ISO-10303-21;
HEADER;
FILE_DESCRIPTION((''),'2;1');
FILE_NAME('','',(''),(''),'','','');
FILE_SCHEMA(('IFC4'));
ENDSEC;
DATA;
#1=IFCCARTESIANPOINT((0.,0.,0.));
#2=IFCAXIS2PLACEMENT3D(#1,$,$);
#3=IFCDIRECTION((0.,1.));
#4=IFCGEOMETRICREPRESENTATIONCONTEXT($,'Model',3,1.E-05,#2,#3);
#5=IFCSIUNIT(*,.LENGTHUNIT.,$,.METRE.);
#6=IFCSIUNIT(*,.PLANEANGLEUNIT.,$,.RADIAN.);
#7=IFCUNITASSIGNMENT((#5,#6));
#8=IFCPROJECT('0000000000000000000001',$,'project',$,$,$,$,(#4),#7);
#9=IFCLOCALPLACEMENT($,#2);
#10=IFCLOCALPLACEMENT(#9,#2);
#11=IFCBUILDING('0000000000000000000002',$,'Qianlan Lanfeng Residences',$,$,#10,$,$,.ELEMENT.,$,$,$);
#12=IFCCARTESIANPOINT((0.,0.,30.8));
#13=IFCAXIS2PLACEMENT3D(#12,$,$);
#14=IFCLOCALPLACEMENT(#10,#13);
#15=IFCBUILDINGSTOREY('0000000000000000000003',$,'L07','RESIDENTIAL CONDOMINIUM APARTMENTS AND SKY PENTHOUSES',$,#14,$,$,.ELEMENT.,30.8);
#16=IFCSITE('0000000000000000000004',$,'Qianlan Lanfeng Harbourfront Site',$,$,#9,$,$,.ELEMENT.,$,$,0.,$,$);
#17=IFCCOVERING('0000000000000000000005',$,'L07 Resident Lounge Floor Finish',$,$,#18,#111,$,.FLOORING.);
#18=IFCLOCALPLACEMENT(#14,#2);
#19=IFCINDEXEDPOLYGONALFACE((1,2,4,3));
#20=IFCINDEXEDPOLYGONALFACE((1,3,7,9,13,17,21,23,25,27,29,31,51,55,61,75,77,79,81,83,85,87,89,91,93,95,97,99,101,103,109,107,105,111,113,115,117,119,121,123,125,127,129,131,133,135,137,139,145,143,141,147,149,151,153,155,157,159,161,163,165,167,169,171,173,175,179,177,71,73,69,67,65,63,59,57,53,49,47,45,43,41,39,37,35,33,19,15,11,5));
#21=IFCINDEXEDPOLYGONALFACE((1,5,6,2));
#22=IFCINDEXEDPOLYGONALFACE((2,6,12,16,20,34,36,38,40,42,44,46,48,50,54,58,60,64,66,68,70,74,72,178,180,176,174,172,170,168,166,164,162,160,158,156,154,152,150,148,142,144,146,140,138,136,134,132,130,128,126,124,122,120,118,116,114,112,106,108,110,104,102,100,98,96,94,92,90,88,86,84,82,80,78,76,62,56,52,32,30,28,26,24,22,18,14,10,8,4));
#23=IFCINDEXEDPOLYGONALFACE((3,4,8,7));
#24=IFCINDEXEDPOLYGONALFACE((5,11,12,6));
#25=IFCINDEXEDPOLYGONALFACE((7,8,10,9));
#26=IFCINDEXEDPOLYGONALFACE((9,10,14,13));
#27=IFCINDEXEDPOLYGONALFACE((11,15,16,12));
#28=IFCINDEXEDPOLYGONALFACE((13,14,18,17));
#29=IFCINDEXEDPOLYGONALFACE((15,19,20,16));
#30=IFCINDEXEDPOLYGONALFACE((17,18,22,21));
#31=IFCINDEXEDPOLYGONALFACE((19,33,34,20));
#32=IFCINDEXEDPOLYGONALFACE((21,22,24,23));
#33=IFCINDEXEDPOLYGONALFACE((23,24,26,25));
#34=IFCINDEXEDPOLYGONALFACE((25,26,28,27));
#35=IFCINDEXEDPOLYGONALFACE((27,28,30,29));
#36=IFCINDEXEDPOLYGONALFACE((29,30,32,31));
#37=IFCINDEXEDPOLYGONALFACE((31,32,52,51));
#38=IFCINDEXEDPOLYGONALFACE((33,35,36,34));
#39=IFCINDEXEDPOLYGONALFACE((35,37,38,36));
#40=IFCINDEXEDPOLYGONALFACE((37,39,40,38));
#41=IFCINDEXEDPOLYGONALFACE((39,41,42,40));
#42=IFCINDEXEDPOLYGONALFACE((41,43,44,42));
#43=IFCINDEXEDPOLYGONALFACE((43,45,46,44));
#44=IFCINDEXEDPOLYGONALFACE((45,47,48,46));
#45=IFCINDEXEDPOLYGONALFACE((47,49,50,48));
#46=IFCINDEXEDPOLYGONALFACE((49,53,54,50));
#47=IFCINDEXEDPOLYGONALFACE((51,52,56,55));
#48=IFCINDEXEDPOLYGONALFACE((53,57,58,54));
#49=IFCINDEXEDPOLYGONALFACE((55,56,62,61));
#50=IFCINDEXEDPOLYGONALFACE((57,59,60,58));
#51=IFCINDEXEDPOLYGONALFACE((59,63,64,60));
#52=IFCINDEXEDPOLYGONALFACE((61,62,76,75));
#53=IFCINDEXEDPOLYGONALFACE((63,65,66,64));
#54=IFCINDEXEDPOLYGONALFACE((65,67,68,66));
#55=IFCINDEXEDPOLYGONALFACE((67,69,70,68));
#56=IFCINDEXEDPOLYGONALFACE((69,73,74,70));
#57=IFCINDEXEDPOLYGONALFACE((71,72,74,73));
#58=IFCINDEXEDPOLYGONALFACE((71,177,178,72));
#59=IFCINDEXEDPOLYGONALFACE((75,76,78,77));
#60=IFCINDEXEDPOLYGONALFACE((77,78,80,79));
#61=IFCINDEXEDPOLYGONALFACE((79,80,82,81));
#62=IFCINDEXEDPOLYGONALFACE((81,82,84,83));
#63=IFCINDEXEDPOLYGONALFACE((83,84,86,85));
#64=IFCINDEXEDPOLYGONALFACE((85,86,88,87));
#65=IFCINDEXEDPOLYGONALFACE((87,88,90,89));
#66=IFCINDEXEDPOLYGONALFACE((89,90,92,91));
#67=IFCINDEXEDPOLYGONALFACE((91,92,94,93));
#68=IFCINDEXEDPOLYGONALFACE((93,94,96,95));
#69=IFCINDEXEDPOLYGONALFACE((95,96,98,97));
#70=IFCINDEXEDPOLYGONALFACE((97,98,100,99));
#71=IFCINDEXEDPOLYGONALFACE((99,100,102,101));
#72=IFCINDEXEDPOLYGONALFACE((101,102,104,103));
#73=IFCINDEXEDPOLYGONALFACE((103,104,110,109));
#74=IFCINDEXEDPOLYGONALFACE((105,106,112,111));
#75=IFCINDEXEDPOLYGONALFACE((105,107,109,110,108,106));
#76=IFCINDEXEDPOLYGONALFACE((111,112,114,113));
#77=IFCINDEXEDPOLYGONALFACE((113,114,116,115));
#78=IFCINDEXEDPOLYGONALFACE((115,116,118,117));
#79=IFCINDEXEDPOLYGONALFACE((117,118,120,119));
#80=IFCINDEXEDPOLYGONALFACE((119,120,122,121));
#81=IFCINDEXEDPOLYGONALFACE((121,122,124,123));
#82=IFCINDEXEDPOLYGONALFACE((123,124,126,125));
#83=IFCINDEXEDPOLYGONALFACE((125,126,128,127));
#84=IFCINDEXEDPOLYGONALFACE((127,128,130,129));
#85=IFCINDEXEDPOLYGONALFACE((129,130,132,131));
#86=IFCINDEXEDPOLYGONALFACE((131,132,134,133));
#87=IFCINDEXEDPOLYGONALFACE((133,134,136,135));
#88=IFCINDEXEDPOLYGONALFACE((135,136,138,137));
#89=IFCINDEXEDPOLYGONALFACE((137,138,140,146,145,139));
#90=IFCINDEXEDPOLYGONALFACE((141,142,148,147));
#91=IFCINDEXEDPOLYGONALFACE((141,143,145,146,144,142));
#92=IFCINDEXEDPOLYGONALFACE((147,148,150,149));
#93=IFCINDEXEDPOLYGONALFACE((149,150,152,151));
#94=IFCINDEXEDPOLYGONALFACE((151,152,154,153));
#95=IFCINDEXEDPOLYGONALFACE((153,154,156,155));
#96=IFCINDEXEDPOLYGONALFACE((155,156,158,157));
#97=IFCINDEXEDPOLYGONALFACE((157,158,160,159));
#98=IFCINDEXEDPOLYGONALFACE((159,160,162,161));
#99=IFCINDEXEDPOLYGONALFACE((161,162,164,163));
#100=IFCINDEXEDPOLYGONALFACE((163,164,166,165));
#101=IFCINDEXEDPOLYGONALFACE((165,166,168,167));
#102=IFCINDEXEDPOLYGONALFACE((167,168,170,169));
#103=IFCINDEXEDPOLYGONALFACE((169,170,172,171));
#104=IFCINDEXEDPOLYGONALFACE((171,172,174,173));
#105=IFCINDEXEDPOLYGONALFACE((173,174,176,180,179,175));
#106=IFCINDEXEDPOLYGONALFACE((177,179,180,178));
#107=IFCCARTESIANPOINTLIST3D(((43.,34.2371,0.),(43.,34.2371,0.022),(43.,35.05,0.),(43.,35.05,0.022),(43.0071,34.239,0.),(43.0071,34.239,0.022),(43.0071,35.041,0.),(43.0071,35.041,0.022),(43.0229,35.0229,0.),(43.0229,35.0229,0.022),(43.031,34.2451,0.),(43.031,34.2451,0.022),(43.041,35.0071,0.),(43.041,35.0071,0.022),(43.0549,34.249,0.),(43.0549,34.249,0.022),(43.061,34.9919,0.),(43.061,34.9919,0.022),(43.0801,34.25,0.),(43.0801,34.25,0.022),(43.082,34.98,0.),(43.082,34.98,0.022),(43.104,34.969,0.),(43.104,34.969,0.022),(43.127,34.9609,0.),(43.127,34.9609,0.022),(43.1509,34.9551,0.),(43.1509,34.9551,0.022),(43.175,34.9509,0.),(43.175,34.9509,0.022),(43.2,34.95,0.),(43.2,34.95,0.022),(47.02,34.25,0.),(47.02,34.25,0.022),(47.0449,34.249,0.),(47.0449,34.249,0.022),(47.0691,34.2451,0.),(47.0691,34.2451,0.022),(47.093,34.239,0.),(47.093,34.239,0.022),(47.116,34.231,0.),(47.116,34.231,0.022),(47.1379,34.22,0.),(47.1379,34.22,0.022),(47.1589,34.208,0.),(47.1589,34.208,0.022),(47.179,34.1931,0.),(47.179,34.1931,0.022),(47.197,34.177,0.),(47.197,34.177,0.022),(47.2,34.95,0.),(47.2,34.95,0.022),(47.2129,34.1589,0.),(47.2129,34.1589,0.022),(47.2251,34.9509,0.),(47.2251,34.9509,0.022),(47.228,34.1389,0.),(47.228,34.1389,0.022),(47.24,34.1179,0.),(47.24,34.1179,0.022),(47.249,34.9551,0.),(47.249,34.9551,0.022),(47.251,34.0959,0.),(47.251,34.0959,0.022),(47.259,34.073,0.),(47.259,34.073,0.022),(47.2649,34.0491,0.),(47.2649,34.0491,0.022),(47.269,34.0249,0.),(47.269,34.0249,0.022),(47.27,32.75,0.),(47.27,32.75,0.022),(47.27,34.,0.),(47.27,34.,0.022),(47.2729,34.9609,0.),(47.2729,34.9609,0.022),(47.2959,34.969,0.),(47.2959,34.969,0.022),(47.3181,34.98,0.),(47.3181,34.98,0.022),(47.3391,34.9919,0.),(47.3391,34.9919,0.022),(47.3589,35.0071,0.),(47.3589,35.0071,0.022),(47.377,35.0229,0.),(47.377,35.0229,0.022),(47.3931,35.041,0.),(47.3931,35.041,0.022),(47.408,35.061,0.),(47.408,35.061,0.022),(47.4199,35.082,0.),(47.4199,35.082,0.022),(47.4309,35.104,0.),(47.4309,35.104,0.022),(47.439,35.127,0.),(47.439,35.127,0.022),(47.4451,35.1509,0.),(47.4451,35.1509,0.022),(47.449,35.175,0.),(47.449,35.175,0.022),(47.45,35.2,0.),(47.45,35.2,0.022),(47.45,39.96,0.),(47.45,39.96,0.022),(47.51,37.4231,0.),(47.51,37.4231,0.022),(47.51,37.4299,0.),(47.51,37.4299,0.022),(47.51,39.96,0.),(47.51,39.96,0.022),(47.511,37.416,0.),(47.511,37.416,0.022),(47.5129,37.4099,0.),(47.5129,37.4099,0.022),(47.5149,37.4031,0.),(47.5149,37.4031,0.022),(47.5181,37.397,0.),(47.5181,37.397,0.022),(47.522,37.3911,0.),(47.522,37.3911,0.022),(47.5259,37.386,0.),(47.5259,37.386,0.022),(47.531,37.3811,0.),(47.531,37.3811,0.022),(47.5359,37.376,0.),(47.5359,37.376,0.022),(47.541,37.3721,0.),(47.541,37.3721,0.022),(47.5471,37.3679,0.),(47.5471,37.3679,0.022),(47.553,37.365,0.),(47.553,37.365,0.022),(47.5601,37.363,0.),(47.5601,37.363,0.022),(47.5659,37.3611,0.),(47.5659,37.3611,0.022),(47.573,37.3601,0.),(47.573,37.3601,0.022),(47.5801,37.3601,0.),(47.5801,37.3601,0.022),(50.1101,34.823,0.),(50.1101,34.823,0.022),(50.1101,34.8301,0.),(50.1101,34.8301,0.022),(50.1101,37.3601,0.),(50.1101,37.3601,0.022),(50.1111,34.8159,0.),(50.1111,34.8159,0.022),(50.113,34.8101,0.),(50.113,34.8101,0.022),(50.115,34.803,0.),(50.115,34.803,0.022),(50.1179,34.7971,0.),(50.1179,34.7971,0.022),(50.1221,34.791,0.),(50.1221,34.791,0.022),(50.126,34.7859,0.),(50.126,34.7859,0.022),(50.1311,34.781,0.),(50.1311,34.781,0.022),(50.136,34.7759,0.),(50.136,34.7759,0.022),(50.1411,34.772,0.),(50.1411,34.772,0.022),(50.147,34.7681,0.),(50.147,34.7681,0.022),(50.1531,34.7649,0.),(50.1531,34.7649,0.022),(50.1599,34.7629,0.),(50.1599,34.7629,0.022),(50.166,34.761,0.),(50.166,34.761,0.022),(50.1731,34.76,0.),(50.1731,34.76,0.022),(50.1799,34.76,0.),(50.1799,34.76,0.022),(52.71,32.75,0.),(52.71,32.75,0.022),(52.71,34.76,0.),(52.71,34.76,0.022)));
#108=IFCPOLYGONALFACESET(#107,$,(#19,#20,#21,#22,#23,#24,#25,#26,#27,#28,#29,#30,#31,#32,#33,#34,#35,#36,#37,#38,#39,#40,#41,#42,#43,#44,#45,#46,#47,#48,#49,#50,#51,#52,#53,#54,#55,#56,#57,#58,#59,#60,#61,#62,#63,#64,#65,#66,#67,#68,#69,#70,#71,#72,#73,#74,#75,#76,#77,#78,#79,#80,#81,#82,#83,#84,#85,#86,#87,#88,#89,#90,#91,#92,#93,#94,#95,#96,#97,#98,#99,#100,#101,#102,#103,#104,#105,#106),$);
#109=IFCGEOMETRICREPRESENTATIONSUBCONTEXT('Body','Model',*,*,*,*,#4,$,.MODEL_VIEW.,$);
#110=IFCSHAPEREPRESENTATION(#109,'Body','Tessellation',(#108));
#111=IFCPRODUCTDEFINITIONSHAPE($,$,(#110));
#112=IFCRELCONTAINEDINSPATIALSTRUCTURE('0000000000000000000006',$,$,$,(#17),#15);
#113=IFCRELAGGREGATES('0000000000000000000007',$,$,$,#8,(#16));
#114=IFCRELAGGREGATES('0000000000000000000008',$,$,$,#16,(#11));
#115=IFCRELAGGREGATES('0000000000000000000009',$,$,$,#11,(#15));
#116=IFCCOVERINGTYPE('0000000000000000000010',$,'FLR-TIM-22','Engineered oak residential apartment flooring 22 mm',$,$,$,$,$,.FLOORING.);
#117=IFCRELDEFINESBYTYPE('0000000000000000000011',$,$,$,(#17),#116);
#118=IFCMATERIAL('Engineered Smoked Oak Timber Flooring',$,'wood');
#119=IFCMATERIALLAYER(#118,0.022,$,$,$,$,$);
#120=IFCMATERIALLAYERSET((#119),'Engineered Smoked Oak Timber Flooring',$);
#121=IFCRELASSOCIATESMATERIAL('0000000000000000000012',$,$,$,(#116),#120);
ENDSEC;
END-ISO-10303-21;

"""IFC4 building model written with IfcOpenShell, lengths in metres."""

from ifc_helpers import new_model, si_unit, direction, frame, origin, place, context, subcontext, project, spatial, polyline, outline, extrude, material, layer, layer_set, type_object, element, save


model = new_model("IFC4")

# Units and contexts
model_context = context("Model", 3, precision=1e-05, world=origin(), true_north=direction((0.0, 1.0)))
body_context = subcontext(model_context, "Body", "Model", "MODEL_VIEW")
ifc_project = project(units=[si_unit("LENGTHUNIT", "METRE"), si_unit("PLANEANGLEUNIT", "RADIAN")], contexts=[model_context])

# Site, building, storey
site_placement = place(None, origin())
site = spatial("IfcSite", under=ifc_project, at=site_placement, Name="Qianlan Lanfeng Harbourfront Site", CompositionType="ELEMENT", RefElevation=0.0)
building_placement = place(site_placement, origin())
building = spatial("IfcBuilding", under=site, at=building_placement, Name="Qianlan Lanfeng Residences", CompositionType="ELEMENT")
storey_placement = place(building_placement, frame((0.0, 0.0, 30.8)))
storey = spatial("IfcBuildingStorey", under=building, at=storey_placement, Name="L07", Description="RESIDENTIAL CONDOMINIUM APARTMENTS AND SKY PENTHOUSES", CompositionType="ELEMENT", Elevation=30.8)

# Covering
ifc_material_1 = material(Name="Engineered Smoked Oak Timber Flooring", Category="wood")
ifc_layer_1 = layer(ifc_material_1, 0.022)
ifc_layer_set_1 = layer_set([ifc_layer_1], Name="Engineered Smoked Oak Timber Flooring")
covering_type = type_object("IfcCoveringType", Name="FLR-TIM-22", Description="Engineered oak residential apartment flooring 22 mm", PredefinedType="FLOORING", material=ifc_layer_set_1)
covering_placement = place(storey_placement, origin())
element("IfcCovering", 1, at=covering_placement, inside=storey, type_object=covering_type, Name="L07 Resident Lounge Floor Finish", PredefinedType="FLOORING", context=body_context, shape_type="SweptSolid", body=[
    extrude(outline(polyline([(43.0, 34.2371), (43.0071, 34.239), (43.031, 34.2451), (43.0549, 34.249), (43.0801, 34.25), (47.02, 34.25), (47.0449, 34.249), (47.0691, 34.2451), (47.093, 34.239), (47.116, 34.231), (47.1379, 34.22), (47.1589, 34.208), (47.179, 34.1931), (47.197, 34.177), (47.2129, 34.1589), (47.228, 34.1389), (47.24, 34.1179), (47.251, 34.0959), (47.259, 34.073), (47.2649, 34.0491), (47.269, 34.0249), (47.27, 34.0), (47.27, 32.75), (52.71, 32.75), (52.71, 34.76), (50.1799, 34.76), (50.1731, 34.76), (50.166, 34.761), (50.1599, 34.7629), (50.1531, 34.7649), (50.147, 34.7681), (50.1411, 34.772), (50.136, 34.7759), (50.1311, 34.781), (50.126, 34.7859), (50.1221, 34.791), (50.1179, 34.7971), (50.115, 34.803), (50.113, 34.8101), (50.1111, 34.8159), (50.1101, 34.823), (50.1101, 34.8301), (50.1101, 37.3601), (47.5801, 37.3601), (47.573, 37.3601), (47.5659, 37.3611), (47.5601, 37.363), (47.553, 37.365), (47.5471, 37.3679), (47.541, 37.3721), (47.5359, 37.376), (47.531, 37.3811), (47.5259, 37.386), (47.522, 37.3911), (47.5181, 37.397), (47.5149, 37.4031), (47.5129, 37.4099), (47.511, 37.416), (47.51, 37.4231), (47.51, 37.4299), (47.51, 39.96), (47.45, 39.96), (47.45, 35.2), (47.449, 35.175), (47.4451, 35.1509), (47.439, 35.127), (47.4309, 35.104), (47.4199, 35.082), (47.408, 35.061), (47.3931, 35.041), (47.377, 35.0229), (47.3589, 35.0071), (47.3391, 34.9919), (47.3181, 34.98), (47.2959, 34.969), (47.2729, 34.9609), (47.249, 34.9551), (47.2251, 34.9509), (47.2, 34.95), (43.2, 34.95), (43.175, 34.9509), (43.1509, 34.9551), (43.127, 34.9609), (43.104, 34.969), (43.082, 34.98), (43.061, 34.9919), (43.041, 35.0071), (43.0229, 35.0229), (43.0071, 35.041), (43.0, 35.05), (43.0, 34.2371)])), origin(), (0.0, 0.0, 1.0), 0.022),
])

save(model, "model.ifc")
